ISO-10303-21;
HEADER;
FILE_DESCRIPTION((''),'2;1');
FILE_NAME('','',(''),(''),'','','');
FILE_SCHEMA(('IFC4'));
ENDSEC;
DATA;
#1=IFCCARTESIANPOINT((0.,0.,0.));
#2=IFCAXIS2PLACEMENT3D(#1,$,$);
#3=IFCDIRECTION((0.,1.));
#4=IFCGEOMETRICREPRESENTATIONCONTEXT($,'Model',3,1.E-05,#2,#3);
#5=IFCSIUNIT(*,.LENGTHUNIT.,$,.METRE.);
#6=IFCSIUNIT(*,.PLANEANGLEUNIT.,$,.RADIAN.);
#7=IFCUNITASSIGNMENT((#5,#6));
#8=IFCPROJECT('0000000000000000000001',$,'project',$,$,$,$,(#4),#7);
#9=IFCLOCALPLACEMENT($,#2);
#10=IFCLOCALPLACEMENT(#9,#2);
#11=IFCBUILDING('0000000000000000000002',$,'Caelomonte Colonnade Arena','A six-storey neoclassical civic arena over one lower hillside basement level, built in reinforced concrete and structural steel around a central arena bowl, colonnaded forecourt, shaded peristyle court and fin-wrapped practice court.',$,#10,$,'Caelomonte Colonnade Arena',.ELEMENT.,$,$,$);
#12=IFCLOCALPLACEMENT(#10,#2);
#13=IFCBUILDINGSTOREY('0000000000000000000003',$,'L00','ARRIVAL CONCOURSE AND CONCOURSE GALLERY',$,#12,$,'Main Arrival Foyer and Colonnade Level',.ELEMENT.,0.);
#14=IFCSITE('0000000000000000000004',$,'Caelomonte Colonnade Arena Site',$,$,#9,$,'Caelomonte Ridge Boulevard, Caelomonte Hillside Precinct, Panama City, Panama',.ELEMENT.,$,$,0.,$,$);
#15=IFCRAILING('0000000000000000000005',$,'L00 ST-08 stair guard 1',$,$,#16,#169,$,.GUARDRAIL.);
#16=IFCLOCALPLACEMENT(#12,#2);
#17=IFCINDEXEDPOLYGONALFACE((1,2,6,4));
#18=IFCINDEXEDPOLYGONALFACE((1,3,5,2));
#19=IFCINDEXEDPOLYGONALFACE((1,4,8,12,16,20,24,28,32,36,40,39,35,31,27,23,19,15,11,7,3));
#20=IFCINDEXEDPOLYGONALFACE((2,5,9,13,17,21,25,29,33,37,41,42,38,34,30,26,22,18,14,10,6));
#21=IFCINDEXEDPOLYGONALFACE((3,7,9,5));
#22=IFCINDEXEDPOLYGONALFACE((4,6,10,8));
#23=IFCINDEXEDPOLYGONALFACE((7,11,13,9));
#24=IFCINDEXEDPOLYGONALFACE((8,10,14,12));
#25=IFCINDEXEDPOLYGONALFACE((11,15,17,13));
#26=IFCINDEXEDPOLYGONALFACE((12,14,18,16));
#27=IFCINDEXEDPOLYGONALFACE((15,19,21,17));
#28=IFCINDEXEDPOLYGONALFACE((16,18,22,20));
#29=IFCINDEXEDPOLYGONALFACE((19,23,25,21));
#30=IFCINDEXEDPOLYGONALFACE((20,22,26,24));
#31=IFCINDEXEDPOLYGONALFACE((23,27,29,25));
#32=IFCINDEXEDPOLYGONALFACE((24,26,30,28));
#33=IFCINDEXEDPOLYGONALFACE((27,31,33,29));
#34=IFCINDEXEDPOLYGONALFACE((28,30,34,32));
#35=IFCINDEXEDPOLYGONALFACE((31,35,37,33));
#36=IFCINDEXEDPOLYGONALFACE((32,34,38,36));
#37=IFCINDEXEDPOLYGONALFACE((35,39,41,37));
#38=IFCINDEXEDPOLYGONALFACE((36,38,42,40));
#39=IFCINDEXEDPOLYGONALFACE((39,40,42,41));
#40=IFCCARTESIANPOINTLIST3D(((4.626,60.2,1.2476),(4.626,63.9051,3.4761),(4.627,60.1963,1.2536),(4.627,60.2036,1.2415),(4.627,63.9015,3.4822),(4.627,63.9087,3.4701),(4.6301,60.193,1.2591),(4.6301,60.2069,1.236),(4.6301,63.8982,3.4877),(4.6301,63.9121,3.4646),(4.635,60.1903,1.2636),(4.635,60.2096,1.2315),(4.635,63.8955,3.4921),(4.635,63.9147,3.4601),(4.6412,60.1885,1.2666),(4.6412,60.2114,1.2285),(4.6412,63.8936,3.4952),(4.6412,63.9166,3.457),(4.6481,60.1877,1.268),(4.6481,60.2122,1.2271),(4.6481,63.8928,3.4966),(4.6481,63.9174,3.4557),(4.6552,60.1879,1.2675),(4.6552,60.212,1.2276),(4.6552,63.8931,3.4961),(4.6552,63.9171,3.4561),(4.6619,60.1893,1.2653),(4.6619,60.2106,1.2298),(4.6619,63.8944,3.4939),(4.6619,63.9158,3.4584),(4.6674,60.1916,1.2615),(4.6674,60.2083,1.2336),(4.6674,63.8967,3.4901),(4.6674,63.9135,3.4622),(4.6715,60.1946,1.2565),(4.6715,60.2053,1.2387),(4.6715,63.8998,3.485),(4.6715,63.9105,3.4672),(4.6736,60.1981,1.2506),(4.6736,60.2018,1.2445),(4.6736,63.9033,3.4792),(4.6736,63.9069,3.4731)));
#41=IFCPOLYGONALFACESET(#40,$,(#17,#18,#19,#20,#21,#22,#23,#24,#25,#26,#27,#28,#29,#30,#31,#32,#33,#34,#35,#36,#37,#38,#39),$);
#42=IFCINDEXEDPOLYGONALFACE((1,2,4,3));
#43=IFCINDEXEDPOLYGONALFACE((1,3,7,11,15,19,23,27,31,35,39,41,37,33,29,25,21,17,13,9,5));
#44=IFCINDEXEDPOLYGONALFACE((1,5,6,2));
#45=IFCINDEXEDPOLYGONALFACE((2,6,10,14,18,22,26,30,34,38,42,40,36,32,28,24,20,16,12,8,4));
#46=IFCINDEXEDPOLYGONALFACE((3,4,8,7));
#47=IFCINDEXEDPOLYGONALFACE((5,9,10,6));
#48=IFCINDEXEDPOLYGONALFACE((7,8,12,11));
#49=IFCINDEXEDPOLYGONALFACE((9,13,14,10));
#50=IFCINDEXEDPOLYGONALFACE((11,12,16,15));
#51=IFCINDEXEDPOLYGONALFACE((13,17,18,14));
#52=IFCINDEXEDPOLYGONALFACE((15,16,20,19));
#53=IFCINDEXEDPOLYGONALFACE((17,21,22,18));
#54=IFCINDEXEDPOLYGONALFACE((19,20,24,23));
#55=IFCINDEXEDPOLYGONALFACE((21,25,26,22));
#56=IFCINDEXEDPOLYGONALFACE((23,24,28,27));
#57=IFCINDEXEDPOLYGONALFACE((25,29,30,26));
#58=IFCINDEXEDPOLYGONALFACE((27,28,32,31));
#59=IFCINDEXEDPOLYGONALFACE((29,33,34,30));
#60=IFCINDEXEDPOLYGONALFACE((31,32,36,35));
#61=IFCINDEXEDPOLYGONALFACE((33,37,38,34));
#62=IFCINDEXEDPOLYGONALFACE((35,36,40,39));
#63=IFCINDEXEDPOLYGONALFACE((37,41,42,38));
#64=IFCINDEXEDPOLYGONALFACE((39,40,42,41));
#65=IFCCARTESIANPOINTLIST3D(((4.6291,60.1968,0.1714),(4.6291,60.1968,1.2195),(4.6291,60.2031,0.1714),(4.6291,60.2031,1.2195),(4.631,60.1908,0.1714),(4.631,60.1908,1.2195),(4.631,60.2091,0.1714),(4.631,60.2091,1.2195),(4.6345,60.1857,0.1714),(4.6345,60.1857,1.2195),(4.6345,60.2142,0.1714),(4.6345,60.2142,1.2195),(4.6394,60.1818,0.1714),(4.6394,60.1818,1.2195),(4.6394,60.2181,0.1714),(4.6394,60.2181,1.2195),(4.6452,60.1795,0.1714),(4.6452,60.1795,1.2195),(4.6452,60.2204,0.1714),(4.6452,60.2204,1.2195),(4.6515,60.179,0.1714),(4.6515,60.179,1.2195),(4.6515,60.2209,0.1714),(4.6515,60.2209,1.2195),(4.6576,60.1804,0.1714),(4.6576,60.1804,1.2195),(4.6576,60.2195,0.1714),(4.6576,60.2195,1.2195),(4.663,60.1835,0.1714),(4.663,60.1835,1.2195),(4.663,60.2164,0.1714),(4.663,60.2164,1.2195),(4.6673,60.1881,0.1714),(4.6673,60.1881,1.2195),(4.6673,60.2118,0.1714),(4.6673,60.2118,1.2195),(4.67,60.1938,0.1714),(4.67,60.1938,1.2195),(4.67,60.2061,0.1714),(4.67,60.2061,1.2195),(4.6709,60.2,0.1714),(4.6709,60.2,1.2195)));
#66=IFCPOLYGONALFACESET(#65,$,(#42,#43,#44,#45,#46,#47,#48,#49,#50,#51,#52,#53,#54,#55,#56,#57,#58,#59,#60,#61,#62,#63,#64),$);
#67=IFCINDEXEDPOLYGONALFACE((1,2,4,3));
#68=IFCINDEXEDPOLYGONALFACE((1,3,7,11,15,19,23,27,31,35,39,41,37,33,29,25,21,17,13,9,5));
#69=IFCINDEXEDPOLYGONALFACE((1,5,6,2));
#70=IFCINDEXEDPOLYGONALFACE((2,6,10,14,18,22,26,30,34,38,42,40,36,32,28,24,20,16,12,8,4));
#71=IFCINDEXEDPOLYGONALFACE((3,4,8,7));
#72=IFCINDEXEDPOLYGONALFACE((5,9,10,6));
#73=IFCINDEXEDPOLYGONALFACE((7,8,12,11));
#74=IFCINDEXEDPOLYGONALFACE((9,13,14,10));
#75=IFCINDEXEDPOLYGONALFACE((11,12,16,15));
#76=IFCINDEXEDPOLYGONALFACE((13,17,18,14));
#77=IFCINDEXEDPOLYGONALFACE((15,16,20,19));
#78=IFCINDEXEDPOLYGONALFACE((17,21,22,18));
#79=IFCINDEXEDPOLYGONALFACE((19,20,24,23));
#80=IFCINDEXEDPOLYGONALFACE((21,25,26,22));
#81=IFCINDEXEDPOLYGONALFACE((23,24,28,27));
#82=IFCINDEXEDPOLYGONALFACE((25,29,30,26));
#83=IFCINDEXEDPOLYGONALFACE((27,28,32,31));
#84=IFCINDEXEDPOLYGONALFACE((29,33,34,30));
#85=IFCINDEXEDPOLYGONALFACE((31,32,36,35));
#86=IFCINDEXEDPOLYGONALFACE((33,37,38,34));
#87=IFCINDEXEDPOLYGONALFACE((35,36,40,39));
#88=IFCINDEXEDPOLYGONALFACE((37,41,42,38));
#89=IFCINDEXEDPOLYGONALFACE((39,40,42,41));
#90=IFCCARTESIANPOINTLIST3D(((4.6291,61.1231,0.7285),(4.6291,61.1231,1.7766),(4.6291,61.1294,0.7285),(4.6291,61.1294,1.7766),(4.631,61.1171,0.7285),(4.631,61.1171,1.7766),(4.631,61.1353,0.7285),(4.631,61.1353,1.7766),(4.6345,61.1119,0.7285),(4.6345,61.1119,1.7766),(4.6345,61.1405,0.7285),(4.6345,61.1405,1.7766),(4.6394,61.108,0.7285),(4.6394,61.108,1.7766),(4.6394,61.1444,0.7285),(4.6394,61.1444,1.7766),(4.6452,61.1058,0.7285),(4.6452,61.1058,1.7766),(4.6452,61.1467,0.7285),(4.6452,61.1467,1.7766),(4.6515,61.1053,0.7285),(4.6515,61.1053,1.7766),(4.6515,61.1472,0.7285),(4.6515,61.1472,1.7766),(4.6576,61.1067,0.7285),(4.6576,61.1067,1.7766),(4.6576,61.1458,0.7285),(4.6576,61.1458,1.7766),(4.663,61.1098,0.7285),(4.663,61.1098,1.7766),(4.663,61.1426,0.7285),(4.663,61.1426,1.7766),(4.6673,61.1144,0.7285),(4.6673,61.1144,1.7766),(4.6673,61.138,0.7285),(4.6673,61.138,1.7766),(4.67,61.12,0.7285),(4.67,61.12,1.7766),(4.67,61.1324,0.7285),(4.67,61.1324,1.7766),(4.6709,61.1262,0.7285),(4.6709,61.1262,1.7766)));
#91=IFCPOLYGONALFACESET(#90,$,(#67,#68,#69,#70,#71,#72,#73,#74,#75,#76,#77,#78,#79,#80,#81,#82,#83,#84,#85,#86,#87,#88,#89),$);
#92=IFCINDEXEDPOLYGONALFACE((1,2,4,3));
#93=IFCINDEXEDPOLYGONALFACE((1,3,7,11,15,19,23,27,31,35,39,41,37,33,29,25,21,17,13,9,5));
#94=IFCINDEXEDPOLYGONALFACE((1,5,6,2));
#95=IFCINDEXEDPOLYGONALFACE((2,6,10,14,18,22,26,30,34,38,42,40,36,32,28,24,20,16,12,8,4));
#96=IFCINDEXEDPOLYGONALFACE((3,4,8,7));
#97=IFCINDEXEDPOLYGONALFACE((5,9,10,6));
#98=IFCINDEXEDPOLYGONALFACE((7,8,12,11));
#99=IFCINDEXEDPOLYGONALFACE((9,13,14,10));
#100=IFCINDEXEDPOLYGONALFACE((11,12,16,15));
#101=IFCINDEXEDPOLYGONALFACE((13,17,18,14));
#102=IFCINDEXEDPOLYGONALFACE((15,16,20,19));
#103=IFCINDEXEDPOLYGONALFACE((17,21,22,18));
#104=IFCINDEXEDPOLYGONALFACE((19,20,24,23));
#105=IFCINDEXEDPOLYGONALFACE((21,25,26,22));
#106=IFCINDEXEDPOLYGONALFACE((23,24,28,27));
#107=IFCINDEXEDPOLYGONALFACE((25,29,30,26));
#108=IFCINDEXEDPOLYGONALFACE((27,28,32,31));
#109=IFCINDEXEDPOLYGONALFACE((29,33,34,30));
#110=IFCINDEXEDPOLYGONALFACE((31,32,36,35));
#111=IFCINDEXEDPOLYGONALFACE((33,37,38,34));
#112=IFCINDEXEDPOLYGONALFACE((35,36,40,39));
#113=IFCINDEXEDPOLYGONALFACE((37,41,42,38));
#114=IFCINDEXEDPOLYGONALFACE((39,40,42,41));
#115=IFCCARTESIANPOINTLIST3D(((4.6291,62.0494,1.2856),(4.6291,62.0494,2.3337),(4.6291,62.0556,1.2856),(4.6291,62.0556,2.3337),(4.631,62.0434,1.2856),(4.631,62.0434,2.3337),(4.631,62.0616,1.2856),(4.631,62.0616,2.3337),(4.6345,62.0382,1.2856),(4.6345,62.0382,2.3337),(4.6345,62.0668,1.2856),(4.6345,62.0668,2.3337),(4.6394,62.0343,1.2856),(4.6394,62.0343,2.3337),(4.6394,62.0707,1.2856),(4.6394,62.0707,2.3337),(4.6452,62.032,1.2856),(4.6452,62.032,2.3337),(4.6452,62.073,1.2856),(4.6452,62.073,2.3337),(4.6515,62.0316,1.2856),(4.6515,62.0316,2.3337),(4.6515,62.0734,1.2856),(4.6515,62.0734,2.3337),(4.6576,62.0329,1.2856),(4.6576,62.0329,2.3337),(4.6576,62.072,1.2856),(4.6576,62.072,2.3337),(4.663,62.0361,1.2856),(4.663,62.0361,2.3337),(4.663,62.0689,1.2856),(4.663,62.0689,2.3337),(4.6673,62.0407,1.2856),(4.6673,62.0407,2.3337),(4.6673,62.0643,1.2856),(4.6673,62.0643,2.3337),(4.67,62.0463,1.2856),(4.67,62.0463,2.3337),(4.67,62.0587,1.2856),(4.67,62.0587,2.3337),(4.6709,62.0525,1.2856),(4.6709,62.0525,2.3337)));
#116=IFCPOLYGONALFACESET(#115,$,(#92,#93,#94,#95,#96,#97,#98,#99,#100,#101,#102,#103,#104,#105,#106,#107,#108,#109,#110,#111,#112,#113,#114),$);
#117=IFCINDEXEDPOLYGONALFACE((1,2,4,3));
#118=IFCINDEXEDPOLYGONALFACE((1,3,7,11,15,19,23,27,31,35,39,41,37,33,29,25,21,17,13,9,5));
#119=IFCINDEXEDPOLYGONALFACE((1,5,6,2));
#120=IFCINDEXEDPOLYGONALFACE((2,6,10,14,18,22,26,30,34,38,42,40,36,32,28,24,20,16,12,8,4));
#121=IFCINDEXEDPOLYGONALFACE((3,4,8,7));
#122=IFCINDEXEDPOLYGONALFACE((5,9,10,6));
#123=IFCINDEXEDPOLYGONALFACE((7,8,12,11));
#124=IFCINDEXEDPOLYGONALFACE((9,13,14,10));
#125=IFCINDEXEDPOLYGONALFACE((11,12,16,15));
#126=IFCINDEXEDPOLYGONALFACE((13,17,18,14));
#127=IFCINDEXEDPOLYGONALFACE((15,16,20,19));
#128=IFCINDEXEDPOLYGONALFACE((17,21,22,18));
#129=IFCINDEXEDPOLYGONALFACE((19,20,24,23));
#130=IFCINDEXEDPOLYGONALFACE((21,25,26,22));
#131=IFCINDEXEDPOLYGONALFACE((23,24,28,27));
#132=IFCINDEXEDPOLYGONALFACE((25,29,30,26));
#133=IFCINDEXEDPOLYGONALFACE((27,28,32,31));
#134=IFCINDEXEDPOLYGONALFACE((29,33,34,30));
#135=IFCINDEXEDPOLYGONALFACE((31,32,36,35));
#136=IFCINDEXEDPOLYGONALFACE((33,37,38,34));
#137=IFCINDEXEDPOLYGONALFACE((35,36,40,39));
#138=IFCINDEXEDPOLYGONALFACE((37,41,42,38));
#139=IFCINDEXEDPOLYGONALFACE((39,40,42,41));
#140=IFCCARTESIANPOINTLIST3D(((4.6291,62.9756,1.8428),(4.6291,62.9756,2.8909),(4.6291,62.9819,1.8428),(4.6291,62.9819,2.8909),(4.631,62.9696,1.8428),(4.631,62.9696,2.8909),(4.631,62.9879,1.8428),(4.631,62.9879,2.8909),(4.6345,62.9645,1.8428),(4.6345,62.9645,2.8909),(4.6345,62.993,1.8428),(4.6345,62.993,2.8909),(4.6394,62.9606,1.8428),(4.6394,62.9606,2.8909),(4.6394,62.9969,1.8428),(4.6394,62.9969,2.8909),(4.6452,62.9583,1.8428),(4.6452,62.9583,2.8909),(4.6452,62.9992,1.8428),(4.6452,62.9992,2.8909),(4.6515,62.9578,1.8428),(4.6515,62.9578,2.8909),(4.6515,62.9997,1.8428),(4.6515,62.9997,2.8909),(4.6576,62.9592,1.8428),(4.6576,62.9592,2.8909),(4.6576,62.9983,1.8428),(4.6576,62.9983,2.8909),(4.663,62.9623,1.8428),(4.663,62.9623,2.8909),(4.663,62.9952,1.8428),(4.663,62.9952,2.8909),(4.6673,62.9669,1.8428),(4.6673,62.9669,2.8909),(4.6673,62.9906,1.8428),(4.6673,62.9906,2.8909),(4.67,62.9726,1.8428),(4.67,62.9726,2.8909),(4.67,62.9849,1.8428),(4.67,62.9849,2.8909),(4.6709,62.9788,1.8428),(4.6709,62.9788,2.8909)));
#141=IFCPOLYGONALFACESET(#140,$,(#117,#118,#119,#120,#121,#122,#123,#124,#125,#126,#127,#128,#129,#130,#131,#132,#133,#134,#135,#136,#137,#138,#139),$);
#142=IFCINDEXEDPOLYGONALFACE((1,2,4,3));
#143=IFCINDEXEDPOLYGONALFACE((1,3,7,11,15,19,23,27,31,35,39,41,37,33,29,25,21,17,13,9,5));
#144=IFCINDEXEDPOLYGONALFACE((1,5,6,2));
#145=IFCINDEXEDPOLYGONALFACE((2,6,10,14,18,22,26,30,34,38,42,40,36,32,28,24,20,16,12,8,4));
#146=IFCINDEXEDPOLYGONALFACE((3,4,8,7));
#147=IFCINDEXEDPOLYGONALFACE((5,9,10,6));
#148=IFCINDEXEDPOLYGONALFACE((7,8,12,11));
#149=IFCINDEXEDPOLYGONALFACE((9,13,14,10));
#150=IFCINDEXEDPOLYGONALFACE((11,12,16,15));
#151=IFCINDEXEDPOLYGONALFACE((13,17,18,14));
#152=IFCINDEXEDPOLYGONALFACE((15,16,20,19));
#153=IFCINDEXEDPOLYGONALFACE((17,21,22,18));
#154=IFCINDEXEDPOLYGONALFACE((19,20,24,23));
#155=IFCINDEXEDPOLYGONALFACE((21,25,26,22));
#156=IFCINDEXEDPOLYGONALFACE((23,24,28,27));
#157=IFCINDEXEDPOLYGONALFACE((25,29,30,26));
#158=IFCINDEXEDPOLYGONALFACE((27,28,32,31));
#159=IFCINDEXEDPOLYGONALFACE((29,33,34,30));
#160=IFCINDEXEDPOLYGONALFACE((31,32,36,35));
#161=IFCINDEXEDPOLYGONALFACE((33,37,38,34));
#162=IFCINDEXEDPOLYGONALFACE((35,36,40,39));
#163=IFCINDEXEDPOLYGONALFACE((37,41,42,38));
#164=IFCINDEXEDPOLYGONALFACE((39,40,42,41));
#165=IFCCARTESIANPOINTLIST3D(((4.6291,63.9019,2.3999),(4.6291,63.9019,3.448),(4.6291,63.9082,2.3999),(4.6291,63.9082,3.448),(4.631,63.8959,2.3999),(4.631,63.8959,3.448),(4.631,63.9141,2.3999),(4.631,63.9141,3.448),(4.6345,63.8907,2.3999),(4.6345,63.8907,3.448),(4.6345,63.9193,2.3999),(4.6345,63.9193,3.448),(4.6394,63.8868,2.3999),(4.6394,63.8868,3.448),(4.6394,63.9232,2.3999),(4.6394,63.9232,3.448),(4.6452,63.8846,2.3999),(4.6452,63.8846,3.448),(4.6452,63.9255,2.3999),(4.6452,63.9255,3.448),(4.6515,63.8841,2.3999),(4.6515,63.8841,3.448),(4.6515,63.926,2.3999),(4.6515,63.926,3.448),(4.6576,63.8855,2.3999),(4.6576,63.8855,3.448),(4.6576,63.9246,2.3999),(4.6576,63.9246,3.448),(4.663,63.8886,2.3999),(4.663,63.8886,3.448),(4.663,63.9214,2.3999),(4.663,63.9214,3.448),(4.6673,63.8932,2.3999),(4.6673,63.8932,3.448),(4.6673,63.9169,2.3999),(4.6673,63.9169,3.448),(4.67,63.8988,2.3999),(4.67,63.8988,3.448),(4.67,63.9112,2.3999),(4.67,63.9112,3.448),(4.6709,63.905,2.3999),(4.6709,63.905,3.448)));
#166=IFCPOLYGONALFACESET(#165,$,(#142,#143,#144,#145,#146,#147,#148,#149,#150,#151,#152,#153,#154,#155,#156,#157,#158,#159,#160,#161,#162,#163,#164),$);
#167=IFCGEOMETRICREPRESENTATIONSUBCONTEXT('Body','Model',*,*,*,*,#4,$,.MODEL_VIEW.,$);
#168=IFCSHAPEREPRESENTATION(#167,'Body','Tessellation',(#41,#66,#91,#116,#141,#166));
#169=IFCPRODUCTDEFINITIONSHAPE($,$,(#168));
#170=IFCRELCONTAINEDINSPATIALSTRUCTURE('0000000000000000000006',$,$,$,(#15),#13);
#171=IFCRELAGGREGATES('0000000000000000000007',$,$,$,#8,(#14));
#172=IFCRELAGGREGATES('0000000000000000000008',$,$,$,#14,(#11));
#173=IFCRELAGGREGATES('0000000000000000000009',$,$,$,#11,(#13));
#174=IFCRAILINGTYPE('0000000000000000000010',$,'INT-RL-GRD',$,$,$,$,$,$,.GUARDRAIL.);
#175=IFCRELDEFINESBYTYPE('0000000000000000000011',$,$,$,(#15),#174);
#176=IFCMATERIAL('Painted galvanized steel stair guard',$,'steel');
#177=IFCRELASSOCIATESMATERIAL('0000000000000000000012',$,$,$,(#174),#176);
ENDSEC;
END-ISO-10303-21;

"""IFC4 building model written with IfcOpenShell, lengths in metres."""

from ifc_helpers import new_model, si_unit, direction, frame, origin, origin_2d, place, context, subcontext, project, spatial, circle, extrude, material, type_object, element, save


model = new_model("IFC4")

# Units and contexts
model_context = context("Model", 3, precision=1e-05, world=origin(), true_north=direction((0.0, 1.0)))
body_context = subcontext(model_context, "Body", "Model", "MODEL_VIEW")
ifc_project = project(units=[si_unit("LENGTHUNIT", "METRE"), si_unit("PLANEANGLEUNIT", "RADIAN")], contexts=[model_context])

# Site, building, storey
site_placement = place(None, origin())
site = spatial("IfcSite", under=ifc_project, at=site_placement, Name="Caelomonte Colonnade Arena Site", LongName="Caelomonte Ridge Boulevard, Caelomonte Hillside Precinct, Panama City, Panama", CompositionType="ELEMENT", RefElevation=0.0)
building_placement = place(site_placement, origin())
building = spatial("IfcBuilding", under=site, at=building_placement, Name="Caelomonte Colonnade Arena", Description="A six-storey neoclassical civic arena over one lower hillside basement level, built in reinforced concrete and structural steel around a central arena bowl, colonnaded forecourt, shaded peristyle court and fin-wrapped practice court.", LongName="Caelomonte Colonnade Arena", CompositionType="ELEMENT")
storey_placement = place(building_placement, origin())
storey = spatial("IfcBuildingStorey", under=building, at=storey_placement, Name="L00", Description="ARRIVAL CONCOURSE AND CONCOURSE GALLERY", LongName="Main Arrival Foyer and Colonnade Level", CompositionType="ELEMENT", Elevation=0.0)

# Railing
ifc_material_1 = material(Name="Painted galvanized steel stair guard", Category="steel")
railing_type_1 = type_object("IfcRailingType", Name="INT-RL-GRD", PredefinedType="GUARDRAIL", material=ifc_material_1)
railing_1_placement = place(storey_placement, frame((4.6499, 60.2, 0.1714)))
element("IfcRailing", 1, at=railing_1_placement, inside=storey, type_object=railing_type_1, Name="L00 ST-08 stair guard 1", PredefinedType="GUARDRAIL", context=body_context, shape_type="SweptSolid", body=[
    extrude(circle(Radius=0.0239, at=origin_2d()), frame((0.0, 0.0, 1.0762), z_axis=(0.0, 0.856934, 0.515425), x_axis=(-1.0, 0.0, 0.0)), (0.0, 0.0, 1.0), 4.3237),
    extrude(circle(Radius=0.021, at=origin_2d()), origin(), (0.0, 0.0, 1.0), 1.0481),
    extrude(circle(Radius=0.021, at=origin_2d()), frame((0.0, 0.9263, 0.5571)), (0.0, 0.0, 1.0), 1.0481),
    extrude(circle(Radius=0.021, at=origin_2d()), frame((0.0, 1.8525, 1.1143)), (0.0, 0.0, 1.0), 1.0481),
    extrude(circle(Radius=0.021, at=origin_2d()), frame((0.0, 2.7788, 1.6714)), (0.0, 0.0, 1.0), 1.0481),
    extrude(circle(Radius=0.021, at=origin_2d()), frame((0.0, 3.7051, 2.2285)), (0.0, 0.0, 1.0), 1.0481),
])

save(model, "model.ifc")
